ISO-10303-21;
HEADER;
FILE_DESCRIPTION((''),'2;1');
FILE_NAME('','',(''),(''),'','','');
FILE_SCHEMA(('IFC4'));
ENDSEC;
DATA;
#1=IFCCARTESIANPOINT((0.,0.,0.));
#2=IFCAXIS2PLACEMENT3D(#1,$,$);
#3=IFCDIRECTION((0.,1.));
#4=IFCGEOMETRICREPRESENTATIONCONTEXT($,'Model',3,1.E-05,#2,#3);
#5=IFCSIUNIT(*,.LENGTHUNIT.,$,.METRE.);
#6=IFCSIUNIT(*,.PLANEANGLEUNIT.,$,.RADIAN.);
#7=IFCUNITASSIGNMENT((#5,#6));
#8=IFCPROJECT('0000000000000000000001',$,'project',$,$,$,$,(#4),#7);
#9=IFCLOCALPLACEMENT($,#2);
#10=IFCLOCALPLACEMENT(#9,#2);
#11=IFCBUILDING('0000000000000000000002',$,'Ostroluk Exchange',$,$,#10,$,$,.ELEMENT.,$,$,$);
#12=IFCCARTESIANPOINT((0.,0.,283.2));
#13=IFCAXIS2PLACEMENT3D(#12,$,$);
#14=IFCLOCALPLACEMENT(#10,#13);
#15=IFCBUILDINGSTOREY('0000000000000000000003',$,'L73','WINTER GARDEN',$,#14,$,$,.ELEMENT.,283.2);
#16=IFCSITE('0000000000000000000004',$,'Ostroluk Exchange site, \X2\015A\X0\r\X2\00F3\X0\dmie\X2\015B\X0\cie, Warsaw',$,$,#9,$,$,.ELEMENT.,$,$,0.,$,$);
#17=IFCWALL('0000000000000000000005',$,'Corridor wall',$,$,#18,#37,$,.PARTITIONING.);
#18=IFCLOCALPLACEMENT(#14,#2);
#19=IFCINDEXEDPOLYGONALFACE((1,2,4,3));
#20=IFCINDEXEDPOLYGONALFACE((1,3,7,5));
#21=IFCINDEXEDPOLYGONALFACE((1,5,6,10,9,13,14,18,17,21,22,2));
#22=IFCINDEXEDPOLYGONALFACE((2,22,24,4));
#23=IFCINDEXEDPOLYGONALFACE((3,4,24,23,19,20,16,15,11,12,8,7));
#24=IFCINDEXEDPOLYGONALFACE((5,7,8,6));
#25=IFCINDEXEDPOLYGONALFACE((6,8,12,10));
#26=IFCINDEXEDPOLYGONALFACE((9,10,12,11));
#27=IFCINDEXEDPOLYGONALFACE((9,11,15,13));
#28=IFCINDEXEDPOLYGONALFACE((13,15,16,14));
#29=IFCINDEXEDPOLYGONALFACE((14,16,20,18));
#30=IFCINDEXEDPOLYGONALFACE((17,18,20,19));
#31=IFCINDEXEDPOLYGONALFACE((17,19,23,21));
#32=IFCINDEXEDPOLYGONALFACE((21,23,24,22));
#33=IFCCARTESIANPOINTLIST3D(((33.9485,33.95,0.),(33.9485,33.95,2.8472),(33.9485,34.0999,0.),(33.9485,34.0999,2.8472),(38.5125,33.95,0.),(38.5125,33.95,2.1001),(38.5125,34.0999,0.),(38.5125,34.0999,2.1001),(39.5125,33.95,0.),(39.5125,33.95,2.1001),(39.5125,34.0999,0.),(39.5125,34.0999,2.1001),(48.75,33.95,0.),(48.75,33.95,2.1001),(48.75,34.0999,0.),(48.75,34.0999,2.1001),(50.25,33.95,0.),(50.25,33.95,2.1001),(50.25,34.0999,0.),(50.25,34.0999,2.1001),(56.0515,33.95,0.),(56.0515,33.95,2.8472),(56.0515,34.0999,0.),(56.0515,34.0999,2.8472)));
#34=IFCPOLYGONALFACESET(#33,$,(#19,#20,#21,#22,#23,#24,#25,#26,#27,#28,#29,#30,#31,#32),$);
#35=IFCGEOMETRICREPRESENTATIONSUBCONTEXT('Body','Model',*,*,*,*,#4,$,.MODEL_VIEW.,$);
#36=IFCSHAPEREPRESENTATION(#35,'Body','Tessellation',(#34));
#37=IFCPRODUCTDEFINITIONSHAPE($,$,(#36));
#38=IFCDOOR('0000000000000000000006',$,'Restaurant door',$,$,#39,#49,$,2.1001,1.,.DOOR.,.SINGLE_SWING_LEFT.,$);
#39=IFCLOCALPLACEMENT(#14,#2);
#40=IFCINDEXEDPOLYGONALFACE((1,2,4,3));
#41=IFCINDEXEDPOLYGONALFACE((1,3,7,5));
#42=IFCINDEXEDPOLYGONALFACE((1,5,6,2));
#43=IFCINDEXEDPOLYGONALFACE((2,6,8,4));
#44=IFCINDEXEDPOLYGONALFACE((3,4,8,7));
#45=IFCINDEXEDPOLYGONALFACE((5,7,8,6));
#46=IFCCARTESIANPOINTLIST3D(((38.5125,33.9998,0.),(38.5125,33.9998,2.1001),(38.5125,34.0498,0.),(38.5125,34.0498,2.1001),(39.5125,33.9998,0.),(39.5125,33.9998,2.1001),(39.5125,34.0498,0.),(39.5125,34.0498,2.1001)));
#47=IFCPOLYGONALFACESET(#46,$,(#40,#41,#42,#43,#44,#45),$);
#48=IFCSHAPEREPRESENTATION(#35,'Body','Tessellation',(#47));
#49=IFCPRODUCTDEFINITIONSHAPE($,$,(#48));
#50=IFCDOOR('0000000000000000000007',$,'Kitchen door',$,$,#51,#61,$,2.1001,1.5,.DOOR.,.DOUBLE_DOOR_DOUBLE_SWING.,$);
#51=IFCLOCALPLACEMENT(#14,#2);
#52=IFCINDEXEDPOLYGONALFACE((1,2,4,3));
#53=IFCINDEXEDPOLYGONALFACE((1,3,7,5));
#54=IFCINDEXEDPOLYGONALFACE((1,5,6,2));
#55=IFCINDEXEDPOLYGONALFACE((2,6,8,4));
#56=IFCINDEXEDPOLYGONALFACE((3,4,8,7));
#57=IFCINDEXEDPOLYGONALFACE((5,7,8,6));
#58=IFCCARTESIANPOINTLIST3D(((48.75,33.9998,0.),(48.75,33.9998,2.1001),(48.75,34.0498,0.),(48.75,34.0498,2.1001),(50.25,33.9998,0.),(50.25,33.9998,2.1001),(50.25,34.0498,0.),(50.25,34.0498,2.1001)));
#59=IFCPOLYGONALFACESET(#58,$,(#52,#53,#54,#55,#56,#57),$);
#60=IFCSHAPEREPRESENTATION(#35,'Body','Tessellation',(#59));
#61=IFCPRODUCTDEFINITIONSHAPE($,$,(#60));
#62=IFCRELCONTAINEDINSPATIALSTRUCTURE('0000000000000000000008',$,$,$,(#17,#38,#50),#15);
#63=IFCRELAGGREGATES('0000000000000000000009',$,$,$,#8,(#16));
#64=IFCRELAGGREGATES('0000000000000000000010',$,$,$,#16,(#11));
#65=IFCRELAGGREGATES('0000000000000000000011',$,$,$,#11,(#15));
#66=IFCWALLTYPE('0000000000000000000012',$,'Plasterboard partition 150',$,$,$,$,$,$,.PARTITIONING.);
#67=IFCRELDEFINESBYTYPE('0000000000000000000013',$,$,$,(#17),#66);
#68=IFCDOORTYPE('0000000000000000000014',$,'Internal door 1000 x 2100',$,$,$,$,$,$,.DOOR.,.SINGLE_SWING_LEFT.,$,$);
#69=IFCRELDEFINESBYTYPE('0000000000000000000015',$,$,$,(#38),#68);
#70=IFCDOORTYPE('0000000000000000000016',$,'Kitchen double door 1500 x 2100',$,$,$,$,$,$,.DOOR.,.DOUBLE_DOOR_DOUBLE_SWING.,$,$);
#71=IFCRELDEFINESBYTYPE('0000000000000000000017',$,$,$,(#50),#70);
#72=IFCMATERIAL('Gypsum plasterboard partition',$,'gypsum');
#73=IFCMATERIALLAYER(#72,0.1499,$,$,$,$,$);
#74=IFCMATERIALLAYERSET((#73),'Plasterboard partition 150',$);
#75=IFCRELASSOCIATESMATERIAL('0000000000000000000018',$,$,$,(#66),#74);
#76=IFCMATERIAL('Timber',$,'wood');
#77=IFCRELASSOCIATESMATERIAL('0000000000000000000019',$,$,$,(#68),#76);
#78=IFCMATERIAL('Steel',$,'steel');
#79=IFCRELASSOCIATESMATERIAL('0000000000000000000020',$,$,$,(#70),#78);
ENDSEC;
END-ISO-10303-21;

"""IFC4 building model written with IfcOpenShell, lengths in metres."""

from ifc_helpers import new_model, si_unit, direction, frame, frame_2d, origin, place, context, subcontext, project, spatial, rectangle, extrude, material, layer, layer_set, type_object, element, fill, save


model = new_model("IFC4")

# Units and contexts
model_context = context("Model", 3, precision=1e-05, world=origin(), true_north=direction((0.0, 1.0)))
body_context = subcontext(model_context, "Body", "Model", "MODEL_VIEW")
ifc_project = project(units=[si_unit("LENGTHUNIT", "METRE"), si_unit("PLANEANGLEUNIT", "RADIAN")], contexts=[model_context])

# Site, building, storey
site_placement = place(None, origin())
site = spatial("IfcSite", under=ifc_project, at=site_placement, Name="Ostroluk Exchange site, Śródmieście, Warsaw", CompositionType="ELEMENT", RefElevation=0.0)
building_placement = place(site_placement, origin())
building = spatial("IfcBuilding", under=site, at=building_placement, Name="Ostroluk Exchange", CompositionType="ELEMENT")
storey_placement = place(building_placement, frame((0.0, 0.0, 283.2)))
storey = spatial("IfcBuildingStorey", under=building, at=storey_placement, Name="L73", Description="WINTER GARDEN", CompositionType="ELEMENT", Elevation=283.2)

# Wall, openings, doors
ifc_material_1 = material(Name="Gypsum plasterboard partition", Category="gypsum")
ifc_layer_1 = layer(ifc_material_1, 0.1499)
ifc_layer_set_1 = layer_set([ifc_layer_1], Name="Plasterboard partition 150")
wall_type_1 = type_object("IfcWallType", Name="Plasterboard partition 150", PredefinedType="PARTITIONING", material=ifc_layer_set_1)
wall_1_placement = place(storey_placement, frame((33.9485, 34.0249, 0.0), z_axis=(0.0, 0.0, 1.0), x_axis=(1.0, 0.0, 0.0)))
wall_1 = element("IfcWall", 1, at=wall_1_placement, inside=storey, type_object=wall_type_1, Name="Corridor wall", PredefinedType="PARTITIONING", context=body_context, shape_type="SweptSolid", body=[
    extrude(rectangle(XDim=22.103, YDim=0.1499, at=frame_2d((11.0515, 0.0))), origin(), (0.0, 0.0, 1.0), 2.8472),
])
opening_1_placement = place(wall_1_placement, frame((4.564, 0.0, 0.0)))
opening_1 = element("IfcOpeningElement", 2, at=opening_1_placement, cuts=wall_1, PredefinedType="OPENING", context=body_context, shape_type="SweptSolid", body=[
    extrude(rectangle(XDim=1.0, YDim=2.1001, at=frame_2d((0.5, 1.05))), frame((0.0, 0.085, 0.0), z_axis=(0.0, -1.0, 0.0), x_axis=(1.0, 0.0, 0.0)), (0.0, 0.0, 1.0), 0.1699),
])
opening_2_placement = place(wall_1_placement, frame((14.8015, 0.0, 0.0)))
opening_2 = element("IfcOpeningElement", 3, at=opening_2_placement, cuts=wall_1, PredefinedType="OPENING", context=body_context, shape_type="SweptSolid", body=[
    extrude(rectangle(XDim=1.5, YDim=2.1001, at=frame_2d((0.75, 1.05))), frame((0.0, 0.085, 0.0), z_axis=(0.0, -1.0, 0.0), x_axis=(1.0, 0.0, 0.0)), (0.0, 0.0, 1.0), 0.1699),
])
ifc_material_2 = material(Name="Timber", Category="wood")
door_type_1 = type_object("IfcDoorType", Name="Internal door 1000 x 2100", OperationType="SINGLE_SWING_LEFT", PredefinedType="DOOR", material=ifc_material_2)
door_1_placement = place(opening_1_placement, origin())
door_1 = element("IfcDoor", 4, at=door_1_placement, inside=storey, type_object=door_type_1, Name="Restaurant door", OperationType="SINGLE_SWING_LEFT", OverallHeight=2.1001, OverallWidth=1.0, PredefinedType="DOOR", context=body_context, shape_type="SweptSolid", body=[
    extrude(rectangle(XDim=1.0, YDim=2.1001, at=frame_2d((0.5, 1.05))), frame((0.0, 0.0249, 0.0), z_axis=(0.0, -1.0, 0.0), x_axis=(1.0, 0.0, 0.0)), (0.0, 0.0, 1.0), 0.05),
])
fill(opening_1, door_1)
ifc_material_3 = material(Name="Steel", Category="steel")
door_type_2 = type_object("IfcDoorType", Name="Kitchen double door 1500 x 2100", OperationType="DOUBLE_DOOR_DOUBLE_SWING", PredefinedType="DOOR", material=ifc_material_3)
door_2_placement = place(opening_2_placement, origin())
door_2 = element("IfcDoor", 5, at=door_2_placement, inside=storey, type_object=door_type_2, Name="Kitchen door", OperationType="DOUBLE_DOOR_DOUBLE_SWING", OverallHeight=2.1001, OverallWidth=1.5, PredefinedType="DOOR", context=body_context, shape_type="SweptSolid", body=[
    extrude(rectangle(XDim=1.5, YDim=2.1001, at=frame_2d((0.75, 1.05))), frame((0.0, 0.0249, 0.0), z_axis=(0.0, -1.0, 0.0), x_axis=(1.0, 0.0, 0.0)), (0.0, 0.0, 1.0), 0.05),
])
fill(opening_2, door_2)

save(model, "model.ifc")
